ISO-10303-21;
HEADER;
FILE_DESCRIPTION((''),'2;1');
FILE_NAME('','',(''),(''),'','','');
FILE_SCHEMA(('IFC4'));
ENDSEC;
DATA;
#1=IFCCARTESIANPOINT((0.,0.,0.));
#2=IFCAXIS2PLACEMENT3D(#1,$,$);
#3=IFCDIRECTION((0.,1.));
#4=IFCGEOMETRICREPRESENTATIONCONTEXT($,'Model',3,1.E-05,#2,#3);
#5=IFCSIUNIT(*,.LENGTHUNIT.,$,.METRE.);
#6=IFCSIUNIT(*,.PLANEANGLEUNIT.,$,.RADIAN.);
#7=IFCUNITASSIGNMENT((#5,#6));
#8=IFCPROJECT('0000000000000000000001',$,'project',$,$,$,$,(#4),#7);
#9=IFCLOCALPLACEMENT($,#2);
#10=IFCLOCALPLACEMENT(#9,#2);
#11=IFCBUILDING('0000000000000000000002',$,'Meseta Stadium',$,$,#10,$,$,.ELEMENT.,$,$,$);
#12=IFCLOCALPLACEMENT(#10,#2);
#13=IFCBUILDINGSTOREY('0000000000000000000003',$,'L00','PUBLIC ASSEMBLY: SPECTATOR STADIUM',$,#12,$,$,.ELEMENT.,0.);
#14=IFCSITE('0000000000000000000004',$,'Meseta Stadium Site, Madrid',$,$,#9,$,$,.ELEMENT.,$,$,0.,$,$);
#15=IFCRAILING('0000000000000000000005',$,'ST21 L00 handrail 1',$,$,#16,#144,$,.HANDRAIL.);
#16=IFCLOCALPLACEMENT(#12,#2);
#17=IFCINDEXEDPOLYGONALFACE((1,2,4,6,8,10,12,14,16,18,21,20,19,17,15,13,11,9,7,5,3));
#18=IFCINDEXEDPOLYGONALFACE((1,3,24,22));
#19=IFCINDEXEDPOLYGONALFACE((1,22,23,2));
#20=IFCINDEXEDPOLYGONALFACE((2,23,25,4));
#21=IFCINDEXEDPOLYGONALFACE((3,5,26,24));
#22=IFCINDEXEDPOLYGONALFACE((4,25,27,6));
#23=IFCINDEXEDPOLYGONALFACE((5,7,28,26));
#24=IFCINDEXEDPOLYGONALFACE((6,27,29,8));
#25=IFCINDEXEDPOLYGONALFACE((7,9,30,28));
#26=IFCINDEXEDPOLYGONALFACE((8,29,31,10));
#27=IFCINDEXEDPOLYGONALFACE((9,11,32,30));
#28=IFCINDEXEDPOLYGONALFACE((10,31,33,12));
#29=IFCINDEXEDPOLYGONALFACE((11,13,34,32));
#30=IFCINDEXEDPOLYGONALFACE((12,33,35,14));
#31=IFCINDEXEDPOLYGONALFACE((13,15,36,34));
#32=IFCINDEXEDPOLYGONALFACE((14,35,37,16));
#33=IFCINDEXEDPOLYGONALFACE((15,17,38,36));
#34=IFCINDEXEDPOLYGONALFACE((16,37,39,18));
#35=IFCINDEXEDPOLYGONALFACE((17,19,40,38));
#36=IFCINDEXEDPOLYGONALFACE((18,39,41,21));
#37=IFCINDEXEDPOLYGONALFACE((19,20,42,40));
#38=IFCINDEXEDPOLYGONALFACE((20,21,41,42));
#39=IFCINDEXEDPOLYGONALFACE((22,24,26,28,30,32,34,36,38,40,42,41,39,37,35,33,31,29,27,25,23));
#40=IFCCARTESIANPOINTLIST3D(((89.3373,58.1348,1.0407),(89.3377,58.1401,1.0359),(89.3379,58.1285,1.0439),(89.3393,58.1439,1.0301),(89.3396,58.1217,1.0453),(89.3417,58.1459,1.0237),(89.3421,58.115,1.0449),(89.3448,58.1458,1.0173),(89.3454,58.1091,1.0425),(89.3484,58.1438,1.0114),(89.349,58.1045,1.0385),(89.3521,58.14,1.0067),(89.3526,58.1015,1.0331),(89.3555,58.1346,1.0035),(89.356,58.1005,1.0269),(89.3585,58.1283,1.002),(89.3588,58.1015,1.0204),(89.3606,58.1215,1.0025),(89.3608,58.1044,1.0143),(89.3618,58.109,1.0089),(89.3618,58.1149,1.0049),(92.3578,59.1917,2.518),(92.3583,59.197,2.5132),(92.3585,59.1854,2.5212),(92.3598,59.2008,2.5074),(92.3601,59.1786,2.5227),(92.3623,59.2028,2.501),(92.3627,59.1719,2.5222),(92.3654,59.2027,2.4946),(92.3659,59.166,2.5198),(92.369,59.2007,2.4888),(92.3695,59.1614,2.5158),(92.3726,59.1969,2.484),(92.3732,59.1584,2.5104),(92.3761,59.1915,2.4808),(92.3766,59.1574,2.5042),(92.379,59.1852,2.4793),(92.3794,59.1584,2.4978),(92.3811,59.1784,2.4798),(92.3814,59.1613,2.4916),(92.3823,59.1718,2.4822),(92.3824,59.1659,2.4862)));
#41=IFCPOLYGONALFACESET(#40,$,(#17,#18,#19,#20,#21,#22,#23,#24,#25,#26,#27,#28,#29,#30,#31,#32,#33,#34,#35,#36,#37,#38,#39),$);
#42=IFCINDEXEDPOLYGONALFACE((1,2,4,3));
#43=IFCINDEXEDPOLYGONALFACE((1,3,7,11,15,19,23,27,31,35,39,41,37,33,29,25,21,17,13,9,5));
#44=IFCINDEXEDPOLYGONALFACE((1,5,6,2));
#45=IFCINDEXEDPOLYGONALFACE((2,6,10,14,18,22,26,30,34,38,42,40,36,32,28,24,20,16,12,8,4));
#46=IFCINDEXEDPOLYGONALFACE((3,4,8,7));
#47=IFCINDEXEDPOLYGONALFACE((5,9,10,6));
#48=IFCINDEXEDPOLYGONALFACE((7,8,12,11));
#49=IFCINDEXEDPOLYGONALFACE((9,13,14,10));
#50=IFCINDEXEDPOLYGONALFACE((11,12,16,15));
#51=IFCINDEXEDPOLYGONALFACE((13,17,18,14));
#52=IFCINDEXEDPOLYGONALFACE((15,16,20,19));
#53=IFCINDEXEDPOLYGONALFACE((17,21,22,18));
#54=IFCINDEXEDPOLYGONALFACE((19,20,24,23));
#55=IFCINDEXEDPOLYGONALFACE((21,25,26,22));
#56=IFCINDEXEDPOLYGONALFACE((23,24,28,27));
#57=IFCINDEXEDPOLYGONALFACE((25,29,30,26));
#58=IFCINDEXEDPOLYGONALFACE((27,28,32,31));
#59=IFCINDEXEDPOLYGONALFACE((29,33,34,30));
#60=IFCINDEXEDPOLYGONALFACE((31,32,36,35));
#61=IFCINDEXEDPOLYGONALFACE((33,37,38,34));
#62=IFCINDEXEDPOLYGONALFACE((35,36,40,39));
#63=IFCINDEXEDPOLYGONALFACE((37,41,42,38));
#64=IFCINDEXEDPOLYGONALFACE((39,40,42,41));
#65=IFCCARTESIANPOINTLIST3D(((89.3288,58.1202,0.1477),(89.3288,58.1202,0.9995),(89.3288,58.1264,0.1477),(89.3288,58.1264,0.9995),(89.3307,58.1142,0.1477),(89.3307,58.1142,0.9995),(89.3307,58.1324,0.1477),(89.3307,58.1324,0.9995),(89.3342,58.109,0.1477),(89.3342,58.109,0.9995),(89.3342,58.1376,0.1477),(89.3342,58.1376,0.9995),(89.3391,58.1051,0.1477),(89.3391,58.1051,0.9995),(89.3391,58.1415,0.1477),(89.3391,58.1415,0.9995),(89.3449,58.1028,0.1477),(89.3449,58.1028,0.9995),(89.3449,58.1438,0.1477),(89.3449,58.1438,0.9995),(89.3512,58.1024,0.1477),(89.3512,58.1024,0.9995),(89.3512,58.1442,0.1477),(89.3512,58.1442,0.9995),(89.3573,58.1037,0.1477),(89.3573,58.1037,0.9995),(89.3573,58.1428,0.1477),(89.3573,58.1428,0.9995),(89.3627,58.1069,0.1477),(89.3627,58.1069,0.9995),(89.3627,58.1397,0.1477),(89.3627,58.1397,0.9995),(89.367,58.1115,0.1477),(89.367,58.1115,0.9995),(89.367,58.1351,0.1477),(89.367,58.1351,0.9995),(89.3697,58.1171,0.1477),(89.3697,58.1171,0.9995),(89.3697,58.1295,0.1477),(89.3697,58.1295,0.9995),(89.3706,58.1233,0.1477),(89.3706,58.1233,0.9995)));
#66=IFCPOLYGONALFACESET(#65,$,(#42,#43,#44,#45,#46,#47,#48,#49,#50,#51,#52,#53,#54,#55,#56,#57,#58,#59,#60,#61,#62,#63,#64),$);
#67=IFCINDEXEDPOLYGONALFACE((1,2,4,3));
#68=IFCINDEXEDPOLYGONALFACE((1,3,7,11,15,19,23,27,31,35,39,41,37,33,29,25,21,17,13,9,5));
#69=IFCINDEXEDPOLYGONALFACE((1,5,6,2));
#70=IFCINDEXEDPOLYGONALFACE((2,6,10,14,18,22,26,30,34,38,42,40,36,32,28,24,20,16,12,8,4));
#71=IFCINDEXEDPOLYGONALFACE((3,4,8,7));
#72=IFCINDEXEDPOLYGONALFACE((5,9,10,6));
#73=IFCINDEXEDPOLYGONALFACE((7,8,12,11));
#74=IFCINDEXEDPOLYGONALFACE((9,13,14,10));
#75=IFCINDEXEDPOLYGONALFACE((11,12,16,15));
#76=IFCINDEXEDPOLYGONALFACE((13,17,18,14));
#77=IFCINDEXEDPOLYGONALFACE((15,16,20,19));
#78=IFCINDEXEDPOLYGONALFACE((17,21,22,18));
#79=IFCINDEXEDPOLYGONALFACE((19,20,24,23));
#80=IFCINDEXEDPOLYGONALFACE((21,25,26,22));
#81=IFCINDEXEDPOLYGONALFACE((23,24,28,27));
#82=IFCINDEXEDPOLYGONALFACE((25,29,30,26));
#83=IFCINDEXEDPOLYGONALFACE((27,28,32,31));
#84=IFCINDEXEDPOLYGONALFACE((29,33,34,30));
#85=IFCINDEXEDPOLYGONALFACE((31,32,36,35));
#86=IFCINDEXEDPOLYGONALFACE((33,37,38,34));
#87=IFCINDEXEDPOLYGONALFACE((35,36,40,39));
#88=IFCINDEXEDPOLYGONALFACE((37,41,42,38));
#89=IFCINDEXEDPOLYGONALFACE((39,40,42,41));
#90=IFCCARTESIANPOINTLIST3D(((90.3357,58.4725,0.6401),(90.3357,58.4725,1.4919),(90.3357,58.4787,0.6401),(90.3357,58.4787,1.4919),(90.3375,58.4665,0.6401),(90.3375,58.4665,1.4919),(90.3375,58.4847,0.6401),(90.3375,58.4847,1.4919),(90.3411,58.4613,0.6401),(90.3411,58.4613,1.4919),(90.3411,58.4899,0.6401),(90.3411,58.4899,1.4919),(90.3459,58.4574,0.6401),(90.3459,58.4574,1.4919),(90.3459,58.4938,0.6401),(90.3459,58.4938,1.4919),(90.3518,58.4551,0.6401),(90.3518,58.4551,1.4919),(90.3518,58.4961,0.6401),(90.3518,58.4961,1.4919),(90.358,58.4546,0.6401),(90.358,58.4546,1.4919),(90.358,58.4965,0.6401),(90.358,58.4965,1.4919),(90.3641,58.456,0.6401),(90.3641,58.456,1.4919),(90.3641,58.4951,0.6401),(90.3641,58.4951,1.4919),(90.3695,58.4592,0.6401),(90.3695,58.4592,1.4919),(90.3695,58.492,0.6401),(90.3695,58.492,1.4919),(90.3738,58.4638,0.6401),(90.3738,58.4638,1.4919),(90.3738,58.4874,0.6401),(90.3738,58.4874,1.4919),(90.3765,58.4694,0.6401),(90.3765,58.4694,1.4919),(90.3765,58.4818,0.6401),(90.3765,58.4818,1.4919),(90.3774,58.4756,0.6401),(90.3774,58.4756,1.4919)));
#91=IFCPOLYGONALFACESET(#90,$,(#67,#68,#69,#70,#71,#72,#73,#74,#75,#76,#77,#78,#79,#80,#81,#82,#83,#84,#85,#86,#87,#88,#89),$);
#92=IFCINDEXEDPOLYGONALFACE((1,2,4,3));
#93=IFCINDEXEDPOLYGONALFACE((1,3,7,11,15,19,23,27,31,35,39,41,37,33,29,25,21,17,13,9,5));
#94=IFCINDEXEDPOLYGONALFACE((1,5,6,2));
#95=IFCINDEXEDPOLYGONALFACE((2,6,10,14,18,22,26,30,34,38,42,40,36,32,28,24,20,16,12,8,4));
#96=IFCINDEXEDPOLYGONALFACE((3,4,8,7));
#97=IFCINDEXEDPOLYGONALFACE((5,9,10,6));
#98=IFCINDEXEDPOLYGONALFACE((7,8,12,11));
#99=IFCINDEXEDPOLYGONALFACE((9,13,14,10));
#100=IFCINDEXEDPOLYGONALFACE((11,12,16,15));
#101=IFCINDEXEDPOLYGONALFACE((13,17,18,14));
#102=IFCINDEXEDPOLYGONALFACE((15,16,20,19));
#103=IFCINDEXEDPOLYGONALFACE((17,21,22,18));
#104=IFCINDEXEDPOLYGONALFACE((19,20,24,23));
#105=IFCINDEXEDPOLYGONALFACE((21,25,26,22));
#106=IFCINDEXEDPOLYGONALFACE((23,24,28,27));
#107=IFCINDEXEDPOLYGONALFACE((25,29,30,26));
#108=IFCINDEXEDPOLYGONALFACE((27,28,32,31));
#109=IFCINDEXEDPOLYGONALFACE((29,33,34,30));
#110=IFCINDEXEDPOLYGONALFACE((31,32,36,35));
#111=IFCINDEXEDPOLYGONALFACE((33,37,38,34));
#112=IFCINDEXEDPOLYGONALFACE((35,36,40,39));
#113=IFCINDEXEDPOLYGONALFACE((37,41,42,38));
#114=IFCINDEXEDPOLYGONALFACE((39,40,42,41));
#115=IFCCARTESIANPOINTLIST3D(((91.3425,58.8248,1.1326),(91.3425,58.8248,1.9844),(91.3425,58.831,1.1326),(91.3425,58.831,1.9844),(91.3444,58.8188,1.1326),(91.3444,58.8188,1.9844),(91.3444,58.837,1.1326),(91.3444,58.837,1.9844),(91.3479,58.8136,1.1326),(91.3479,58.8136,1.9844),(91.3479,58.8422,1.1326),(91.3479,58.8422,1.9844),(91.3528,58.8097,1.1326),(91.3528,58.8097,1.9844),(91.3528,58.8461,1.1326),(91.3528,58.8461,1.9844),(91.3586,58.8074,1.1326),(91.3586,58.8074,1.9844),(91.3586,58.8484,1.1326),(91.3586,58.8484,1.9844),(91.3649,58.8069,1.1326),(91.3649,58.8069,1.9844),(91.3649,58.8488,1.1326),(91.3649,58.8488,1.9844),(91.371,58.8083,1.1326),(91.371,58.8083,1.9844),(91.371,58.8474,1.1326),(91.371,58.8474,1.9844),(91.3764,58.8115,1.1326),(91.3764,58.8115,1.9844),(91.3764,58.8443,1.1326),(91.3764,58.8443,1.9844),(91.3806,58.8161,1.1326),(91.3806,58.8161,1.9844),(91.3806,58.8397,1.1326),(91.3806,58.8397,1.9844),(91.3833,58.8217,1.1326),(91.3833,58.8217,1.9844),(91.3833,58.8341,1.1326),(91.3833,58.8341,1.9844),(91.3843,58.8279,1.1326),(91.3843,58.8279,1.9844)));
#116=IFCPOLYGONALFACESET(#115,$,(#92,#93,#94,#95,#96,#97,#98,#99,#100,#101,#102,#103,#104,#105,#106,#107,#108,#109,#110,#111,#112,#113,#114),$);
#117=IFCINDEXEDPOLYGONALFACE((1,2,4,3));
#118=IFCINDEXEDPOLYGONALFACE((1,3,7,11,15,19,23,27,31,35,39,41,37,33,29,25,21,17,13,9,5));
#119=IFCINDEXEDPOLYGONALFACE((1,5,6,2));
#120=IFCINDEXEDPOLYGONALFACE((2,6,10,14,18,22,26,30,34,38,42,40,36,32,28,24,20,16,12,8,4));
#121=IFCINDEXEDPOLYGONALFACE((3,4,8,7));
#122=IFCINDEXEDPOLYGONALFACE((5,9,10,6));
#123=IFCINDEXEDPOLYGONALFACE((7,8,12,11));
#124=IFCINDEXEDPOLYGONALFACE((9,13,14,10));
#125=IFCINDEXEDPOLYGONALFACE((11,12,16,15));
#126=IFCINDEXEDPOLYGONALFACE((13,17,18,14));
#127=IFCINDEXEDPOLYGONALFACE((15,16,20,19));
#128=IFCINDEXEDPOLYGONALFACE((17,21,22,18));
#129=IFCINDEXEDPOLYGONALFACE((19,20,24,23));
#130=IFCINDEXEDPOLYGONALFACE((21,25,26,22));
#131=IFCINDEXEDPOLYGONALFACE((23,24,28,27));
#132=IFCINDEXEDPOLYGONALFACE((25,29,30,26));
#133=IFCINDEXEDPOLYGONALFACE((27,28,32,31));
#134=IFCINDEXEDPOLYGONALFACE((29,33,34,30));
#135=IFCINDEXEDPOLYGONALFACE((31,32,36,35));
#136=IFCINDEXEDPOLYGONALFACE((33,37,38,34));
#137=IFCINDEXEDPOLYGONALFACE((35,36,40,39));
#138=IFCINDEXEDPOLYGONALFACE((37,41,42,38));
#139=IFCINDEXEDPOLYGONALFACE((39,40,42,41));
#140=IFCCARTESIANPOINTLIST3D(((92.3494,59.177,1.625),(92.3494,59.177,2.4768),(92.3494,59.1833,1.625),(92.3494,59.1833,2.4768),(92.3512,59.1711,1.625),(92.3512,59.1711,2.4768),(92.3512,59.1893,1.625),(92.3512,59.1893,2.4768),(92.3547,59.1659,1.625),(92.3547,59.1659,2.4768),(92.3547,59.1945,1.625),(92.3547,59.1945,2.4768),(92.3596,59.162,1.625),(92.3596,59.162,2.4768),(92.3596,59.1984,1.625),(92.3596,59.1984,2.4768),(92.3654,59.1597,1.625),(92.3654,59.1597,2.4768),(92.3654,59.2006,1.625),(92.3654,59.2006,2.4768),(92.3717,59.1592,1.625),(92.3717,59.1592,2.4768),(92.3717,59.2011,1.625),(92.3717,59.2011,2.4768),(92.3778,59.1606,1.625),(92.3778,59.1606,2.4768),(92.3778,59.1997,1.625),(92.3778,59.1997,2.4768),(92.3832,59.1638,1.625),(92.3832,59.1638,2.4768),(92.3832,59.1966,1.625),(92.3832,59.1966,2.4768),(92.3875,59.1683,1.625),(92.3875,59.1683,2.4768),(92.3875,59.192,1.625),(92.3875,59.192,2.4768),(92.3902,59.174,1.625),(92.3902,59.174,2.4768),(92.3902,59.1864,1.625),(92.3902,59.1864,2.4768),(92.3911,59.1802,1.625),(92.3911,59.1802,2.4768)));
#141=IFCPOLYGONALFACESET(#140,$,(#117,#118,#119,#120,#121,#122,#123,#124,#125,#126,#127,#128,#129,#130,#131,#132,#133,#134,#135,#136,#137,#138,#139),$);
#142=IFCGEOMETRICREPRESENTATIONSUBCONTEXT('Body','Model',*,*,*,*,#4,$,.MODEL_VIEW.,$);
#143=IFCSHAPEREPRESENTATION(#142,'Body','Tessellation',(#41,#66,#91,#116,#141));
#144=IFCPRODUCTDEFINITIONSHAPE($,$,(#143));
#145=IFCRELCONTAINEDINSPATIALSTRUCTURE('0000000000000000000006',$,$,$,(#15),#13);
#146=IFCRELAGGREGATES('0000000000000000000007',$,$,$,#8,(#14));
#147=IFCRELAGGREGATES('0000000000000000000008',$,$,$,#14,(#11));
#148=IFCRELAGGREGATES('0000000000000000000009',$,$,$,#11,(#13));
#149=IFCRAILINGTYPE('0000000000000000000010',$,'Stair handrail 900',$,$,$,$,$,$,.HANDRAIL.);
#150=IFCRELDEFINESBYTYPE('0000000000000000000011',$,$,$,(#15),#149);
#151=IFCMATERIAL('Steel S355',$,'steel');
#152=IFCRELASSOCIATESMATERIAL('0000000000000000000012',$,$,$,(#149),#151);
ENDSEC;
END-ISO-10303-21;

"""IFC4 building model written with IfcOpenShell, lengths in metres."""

from ifc_helpers import new_model, si_unit, direction, frame, origin, origin_2d, place, context, subcontext, project, spatial, circle, extrude, material, type_object, element, save


model = new_model("IFC4")

# Units and contexts
model_context = context("Model", 3, precision=1e-05, world=origin(), true_north=direction((0.0, 1.0)))
body_context = subcontext(model_context, "Body", "Model", "MODEL_VIEW")
ifc_project = project(units=[si_unit("LENGTHUNIT", "METRE"), si_unit("PLANEANGLEUNIT", "RADIAN")], contexts=[model_context])

# Site, building, storey
site_placement = place(None, origin())
site = spatial("IfcSite", under=ifc_project, at=site_placement, Name="Meseta Stadium Site, Madrid", CompositionType="ELEMENT", RefElevation=0.0)
building_placement = place(site_placement, origin())
building = spatial("IfcBuilding", under=site, at=building_placement, Name="Meseta Stadium", CompositionType="ELEMENT")
storey_placement = place(building_placement, origin())
storey = spatial("IfcBuildingStorey", under=building, at=storey_placement, Name="L00", Description="PUBLIC ASSEMBLY: SPECTATOR STADIUM", CompositionType="ELEMENT", Elevation=0.0)

# Railing
ifc_material_1 = material(Name="Steel S355", Category="steel")
railing_type_1 = type_object("IfcRailingType", Name="Stair handrail 900", PredefinedType="HANDRAIL", material=ifc_material_1)
for number, where, name in (
    (1, (89.3496, 58.1233, 0.1477), "ST21 L00 handrail 1"),
):
    element("IfcRailing", number, at=place(storey_placement, frame(where)), inside=storey, type_object=railing_type_1, Name=name, PredefinedType="HANDRAIL", context=body_context, shape_type="SweptSolid", body=[
        extrude(circle(Radius=0.0239, at=origin_2d()), frame((0.0, 0.0, 0.876), z_axis=(0.856977, 0.299859, 0.419137), x_axis=(-0.330269, 0.943887, 0.0)), (0.0, 0.0, 1.0), 3.5247),
        extrude(circle(Radius=0.021, at=origin_2d()), origin(), (0.0, 0.0, 1.0), 0.8518),
        extrude(circle(Radius=0.021, at=origin_2d()), frame((1.0068, 0.3523, 0.4924)), (0.0, 0.0, 1.0), 0.8518),
        extrude(circle(Radius=0.021, at=origin_2d()), frame((2.0137, 0.7046, 0.9849)), (0.0, 0.0, 1.0), 0.8518),
        extrude(circle(Radius=0.021, at=origin_2d()), frame((3.0205, 1.0569, 1.4773)), (0.0, 0.0, 1.0), 0.8518),
    ])

save(model, "model.ifc")
